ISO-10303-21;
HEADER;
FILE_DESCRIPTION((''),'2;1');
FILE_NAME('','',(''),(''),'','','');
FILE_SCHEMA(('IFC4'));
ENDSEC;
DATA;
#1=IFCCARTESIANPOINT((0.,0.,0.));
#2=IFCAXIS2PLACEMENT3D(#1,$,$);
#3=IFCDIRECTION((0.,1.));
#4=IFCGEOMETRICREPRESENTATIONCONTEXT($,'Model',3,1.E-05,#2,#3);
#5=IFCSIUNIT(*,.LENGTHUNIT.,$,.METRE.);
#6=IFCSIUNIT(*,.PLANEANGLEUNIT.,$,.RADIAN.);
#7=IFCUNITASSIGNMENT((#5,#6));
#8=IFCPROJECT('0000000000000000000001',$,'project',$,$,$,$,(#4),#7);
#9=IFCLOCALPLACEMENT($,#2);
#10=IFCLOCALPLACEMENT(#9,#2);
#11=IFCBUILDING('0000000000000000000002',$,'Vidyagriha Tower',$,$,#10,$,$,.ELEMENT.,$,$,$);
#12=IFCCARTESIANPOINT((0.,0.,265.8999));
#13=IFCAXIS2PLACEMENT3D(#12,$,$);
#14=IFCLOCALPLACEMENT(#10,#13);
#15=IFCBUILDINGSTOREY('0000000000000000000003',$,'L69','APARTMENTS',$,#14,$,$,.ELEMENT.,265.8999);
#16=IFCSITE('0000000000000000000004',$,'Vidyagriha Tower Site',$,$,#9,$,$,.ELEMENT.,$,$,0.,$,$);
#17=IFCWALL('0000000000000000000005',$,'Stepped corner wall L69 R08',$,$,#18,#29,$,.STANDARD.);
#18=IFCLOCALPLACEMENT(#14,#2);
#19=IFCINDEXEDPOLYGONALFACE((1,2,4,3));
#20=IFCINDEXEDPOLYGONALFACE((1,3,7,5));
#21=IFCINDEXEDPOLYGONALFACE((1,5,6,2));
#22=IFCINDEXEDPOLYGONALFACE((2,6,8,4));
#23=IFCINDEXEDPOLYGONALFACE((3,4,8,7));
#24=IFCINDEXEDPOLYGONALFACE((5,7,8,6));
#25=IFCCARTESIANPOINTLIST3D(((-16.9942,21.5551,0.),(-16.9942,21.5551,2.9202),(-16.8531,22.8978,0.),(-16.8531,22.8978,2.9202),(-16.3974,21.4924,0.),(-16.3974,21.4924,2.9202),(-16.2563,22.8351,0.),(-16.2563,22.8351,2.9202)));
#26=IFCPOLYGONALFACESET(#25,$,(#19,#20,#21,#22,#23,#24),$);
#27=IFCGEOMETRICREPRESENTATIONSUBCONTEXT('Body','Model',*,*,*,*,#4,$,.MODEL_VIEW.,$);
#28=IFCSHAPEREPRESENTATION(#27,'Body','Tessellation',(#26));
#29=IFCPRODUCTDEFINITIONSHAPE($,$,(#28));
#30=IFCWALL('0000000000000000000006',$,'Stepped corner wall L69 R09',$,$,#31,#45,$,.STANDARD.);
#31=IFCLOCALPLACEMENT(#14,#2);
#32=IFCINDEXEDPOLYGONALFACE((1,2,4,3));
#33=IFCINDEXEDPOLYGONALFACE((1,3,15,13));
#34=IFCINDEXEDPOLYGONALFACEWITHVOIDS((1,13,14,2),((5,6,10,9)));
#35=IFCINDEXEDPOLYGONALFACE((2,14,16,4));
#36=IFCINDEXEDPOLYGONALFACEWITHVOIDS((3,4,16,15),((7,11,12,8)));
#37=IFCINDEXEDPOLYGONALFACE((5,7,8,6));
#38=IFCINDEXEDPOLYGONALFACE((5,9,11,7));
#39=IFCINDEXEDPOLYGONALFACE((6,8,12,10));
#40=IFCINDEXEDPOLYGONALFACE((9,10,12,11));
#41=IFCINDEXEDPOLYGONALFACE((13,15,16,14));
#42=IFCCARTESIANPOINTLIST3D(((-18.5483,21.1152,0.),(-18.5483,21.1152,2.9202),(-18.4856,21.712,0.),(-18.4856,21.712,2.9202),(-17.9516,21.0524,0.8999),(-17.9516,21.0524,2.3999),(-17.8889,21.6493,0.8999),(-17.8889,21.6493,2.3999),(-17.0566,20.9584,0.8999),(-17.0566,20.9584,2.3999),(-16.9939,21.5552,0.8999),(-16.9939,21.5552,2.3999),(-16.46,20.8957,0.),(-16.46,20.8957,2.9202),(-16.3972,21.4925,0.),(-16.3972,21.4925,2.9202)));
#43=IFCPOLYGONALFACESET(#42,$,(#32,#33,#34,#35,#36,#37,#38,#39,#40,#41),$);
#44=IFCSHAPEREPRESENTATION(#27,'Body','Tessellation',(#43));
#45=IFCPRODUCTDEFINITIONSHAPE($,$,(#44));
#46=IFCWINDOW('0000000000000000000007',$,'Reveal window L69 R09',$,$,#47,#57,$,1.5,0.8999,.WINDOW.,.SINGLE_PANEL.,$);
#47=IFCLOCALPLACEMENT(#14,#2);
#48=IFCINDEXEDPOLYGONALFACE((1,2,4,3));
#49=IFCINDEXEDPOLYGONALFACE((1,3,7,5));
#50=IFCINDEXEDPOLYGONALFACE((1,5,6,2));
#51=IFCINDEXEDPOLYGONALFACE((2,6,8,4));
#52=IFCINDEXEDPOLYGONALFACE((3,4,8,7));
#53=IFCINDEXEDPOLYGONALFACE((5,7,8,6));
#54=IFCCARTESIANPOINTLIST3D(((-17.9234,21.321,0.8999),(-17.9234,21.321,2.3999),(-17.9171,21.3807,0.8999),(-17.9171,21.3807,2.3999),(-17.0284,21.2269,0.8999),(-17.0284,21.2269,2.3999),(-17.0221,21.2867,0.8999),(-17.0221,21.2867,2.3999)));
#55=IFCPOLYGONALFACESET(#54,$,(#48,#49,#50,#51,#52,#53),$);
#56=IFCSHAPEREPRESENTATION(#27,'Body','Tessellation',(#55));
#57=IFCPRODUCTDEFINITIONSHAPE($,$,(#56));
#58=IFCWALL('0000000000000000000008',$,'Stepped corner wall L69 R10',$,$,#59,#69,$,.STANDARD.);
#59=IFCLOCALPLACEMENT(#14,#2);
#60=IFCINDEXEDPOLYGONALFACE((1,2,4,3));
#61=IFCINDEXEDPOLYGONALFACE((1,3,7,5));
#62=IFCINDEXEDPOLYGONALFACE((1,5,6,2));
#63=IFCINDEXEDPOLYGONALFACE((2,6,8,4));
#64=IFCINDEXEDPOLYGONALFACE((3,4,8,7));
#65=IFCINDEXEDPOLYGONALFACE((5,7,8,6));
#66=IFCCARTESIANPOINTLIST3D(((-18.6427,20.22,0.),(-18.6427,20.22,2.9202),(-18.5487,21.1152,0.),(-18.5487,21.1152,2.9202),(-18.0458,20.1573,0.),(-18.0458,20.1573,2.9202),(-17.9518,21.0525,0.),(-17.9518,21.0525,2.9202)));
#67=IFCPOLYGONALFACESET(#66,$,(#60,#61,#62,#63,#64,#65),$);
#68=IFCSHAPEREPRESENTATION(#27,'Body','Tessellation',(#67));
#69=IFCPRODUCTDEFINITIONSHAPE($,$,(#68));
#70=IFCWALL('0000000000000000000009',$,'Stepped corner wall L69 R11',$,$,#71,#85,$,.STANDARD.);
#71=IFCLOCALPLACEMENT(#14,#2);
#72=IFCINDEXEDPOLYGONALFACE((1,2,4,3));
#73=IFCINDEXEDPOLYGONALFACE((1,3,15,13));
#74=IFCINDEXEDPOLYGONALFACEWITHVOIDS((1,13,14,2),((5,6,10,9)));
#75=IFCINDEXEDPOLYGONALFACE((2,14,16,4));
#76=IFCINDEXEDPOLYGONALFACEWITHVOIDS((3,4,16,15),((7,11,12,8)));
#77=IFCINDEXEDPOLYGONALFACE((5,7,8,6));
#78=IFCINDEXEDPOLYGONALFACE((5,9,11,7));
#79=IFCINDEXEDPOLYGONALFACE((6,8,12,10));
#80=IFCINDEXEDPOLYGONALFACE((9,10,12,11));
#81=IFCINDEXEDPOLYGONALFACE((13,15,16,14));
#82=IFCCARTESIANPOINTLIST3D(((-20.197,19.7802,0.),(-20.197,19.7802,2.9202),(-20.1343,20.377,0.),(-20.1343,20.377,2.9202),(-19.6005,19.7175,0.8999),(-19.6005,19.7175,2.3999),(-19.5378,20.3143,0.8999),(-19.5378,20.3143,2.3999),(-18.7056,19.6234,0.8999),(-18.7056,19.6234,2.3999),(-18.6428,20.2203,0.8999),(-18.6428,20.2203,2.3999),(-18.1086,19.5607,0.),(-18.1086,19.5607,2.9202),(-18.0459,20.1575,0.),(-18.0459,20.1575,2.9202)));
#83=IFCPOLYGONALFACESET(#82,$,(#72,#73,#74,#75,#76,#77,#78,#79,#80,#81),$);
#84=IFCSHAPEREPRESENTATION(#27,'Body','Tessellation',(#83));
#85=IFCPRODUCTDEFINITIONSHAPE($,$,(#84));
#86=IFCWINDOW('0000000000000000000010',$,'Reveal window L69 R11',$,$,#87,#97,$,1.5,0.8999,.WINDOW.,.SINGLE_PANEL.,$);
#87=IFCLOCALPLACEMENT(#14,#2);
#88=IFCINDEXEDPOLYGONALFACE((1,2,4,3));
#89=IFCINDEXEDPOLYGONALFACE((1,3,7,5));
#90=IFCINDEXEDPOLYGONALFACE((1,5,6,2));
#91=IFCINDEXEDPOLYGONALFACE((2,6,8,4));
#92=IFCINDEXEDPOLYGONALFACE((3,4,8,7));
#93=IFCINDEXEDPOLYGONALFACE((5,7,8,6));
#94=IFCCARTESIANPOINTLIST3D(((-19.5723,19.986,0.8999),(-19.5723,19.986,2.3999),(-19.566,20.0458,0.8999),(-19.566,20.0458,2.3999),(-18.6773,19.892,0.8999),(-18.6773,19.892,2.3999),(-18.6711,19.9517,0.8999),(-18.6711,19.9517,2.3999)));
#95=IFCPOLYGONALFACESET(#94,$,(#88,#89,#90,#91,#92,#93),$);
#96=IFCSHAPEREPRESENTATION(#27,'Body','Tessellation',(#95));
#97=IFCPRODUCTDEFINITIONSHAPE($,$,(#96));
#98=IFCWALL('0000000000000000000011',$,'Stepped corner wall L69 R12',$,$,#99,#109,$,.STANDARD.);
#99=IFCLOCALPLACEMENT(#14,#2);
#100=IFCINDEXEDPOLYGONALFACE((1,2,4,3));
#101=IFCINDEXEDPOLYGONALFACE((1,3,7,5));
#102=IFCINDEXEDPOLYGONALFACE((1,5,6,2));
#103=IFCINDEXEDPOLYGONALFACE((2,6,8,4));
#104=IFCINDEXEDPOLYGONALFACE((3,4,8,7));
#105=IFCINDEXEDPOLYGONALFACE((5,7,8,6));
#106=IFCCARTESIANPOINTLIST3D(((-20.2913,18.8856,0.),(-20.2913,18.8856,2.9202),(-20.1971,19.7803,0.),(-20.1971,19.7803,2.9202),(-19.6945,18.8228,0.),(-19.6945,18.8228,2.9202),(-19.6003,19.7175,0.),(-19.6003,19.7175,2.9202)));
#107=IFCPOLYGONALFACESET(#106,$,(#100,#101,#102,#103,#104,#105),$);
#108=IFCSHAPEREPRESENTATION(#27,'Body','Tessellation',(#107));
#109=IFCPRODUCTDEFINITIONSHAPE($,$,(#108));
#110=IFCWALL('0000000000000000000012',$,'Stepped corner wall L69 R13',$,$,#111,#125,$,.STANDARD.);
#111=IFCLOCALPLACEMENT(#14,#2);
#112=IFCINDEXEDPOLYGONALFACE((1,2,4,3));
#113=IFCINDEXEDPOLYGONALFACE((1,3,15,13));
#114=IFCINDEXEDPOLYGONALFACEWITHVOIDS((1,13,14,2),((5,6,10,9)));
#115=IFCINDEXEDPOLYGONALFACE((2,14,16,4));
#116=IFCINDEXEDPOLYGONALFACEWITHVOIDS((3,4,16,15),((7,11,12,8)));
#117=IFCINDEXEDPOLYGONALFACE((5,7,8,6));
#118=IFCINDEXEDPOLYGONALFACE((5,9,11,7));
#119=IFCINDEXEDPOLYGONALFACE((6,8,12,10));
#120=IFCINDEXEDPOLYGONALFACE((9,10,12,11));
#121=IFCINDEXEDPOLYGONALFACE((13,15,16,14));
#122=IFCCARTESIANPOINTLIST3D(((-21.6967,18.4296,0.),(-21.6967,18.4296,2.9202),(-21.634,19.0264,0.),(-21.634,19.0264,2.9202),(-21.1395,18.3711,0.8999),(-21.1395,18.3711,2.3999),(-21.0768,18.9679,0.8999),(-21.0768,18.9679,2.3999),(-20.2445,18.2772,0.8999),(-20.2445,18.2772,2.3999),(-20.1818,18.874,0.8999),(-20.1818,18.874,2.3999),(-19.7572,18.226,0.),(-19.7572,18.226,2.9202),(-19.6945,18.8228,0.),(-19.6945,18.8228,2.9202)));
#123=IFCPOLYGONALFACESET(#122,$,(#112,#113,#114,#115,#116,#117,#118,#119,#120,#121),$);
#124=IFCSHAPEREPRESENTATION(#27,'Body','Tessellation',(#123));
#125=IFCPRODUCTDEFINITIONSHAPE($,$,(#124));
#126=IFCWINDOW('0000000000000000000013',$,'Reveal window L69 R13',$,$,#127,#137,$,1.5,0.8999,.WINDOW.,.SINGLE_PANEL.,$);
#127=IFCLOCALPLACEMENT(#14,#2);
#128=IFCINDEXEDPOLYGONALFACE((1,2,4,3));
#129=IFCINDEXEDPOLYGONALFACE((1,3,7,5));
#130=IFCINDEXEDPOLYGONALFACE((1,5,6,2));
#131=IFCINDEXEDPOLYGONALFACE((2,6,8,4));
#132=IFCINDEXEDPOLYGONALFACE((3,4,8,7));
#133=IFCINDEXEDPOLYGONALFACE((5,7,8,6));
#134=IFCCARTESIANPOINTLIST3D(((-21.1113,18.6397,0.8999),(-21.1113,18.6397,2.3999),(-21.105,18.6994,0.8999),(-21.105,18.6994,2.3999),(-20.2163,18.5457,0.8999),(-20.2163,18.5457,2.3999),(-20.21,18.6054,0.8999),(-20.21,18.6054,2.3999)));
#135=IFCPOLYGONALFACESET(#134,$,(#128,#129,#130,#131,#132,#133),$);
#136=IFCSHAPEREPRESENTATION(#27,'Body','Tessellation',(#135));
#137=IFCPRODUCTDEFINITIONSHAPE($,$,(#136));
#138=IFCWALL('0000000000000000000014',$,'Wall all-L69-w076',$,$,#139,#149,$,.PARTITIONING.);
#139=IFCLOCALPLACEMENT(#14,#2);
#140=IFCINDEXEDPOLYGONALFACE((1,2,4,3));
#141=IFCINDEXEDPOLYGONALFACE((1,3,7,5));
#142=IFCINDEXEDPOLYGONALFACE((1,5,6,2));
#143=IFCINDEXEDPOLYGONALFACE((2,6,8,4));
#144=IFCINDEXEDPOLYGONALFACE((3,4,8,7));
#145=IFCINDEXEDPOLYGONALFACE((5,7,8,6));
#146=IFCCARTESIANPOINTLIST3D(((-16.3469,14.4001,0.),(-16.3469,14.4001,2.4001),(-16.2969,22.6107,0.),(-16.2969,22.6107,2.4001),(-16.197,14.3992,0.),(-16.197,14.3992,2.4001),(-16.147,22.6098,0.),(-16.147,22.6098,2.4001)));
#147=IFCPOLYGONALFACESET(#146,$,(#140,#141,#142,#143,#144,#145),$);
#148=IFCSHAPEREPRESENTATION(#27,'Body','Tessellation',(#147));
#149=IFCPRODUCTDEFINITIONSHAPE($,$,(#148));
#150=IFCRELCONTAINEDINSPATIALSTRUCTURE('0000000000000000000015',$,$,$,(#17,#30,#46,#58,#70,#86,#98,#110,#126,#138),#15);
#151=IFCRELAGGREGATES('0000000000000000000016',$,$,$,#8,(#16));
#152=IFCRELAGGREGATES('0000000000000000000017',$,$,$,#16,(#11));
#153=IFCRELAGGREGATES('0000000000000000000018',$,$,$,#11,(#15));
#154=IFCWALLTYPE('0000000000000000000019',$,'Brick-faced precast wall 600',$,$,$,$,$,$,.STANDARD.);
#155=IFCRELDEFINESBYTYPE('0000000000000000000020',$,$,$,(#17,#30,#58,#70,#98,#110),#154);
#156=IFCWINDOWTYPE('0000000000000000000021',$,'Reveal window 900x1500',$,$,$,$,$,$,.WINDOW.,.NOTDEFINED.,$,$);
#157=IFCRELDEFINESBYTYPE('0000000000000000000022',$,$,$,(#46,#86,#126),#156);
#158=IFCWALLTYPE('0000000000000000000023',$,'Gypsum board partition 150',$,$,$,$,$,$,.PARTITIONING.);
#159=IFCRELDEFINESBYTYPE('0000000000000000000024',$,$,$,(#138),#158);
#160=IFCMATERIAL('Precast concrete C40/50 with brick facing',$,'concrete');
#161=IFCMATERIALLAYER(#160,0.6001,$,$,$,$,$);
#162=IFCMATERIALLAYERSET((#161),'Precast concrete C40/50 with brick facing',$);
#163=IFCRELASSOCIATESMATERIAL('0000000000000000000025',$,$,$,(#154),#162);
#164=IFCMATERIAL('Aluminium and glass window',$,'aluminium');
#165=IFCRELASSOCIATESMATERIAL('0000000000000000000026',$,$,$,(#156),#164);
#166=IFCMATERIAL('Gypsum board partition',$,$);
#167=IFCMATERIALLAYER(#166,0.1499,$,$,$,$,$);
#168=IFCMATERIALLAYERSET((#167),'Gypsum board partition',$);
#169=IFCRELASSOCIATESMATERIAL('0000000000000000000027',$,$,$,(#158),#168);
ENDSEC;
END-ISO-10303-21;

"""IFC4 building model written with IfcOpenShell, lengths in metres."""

from ifc_helpers import new_model, si_unit, direction, frame, frame_2d, origin, place, context, subcontext, project, spatial, rectangle, extrude, material, layer, layer_set, type_object, element, fill, save


model = new_model("IFC4")

# Units and contexts
model_context = context("Model", 3, precision=1e-05, world=origin(), true_north=direction((0.0, 1.0)))
body_context = subcontext(model_context, "Body", "Model", "MODEL_VIEW")
ifc_project = project(units=[si_unit("LENGTHUNIT", "METRE"), si_unit("PLANEANGLEUNIT", "RADIAN")], contexts=[model_context])

# Site, building, storey
site_placement = place(None, origin())
site = spatial("IfcSite", under=ifc_project, at=site_placement, Name="Vidyagriha Tower Site", CompositionType="ELEMENT", RefElevation=0.0)
building_placement = place(site_placement, origin())
building = spatial("IfcBuilding", under=site, at=building_placement, Name="Vidyagriha Tower", CompositionType="ELEMENT")
storey_placement = place(building_placement, frame((0.0, 0.0, 265.8999)))
storey = spatial("IfcBuildingStorey", under=building, at=storey_placement, Name="L69", Description="APARTMENTS", CompositionType="ELEMENT", Elevation=265.8999)

# Wall
ifc_material_1 = material(Name="Precast concrete C40/50 with brick facing", Category="concrete")
ifc_layer_1 = layer(ifc_material_1, 0.6001)
ifc_layer_set_1 = layer_set([ifc_layer_1], Name="Precast concrete C40/50 with brick facing")
wall_type_1 = type_object("IfcWallType", Name="Brick-faced precast wall 600", PredefinedType="STANDARD", material=ifc_layer_set_1)
wall_1_placement = place(storey_placement, frame((-16.5547, 22.8665, 0.0), z_axis=(0.0, 0.0, 1.0), x_axis=(-0.104515, -0.994523, 0.0)))
element("IfcWall", 1, at=wall_1_placement, inside=storey, type_object=wall_type_1, Name="Stepped corner wall L69 R08", PredefinedType="STANDARD", context=body_context, shape_type="SweptSolid", body=[
    extrude(rectangle(XDim=1.3501, YDim=0.6001, at=frame_2d((0.675, 0.0))), origin(), (0.0, 0.0, 1.0), 2.9202),
])

# Wall, opening, window
wall_2_placement = place(storey_placement, frame((-16.4287, 21.1941, 0.0), z_axis=(0.0, 0.0, 1.0), x_axis=(-0.994523, 0.104521, 0.0)))
wall_2 = element("IfcWall", 2, at=wall_2_placement, inside=storey, type_object=wall_type_1, Name="Stepped corner wall L69 R09", PredefinedType="STANDARD", context=body_context, shape_type="SweptSolid", body=[
    extrude(rectangle(XDim=2.0999, YDim=0.6001, at=frame_2d((1.0498, 0.0))), origin(), (0.0, 0.0, 1.0), 2.9202),
])
opening_1_placement = place(wall_2_placement, frame((0.5999, 0.0, 0.8999)))
opening_1 = element("IfcOpeningElement", 3, at=opening_1_placement, cuts=wall_2, PredefinedType="OPENING", context=body_context, shape_type="SweptSolid", body=[
    extrude(rectangle(XDim=0.8999, YDim=1.5, at=frame_2d((0.45, 0.75))), frame((0.0, 0.3101, 0.0), z_axis=(0.0, -1.0, 0.0), x_axis=(1.0, 0.0, 0.0)), (0.0, 0.0, 1.0), 0.6201),
])
ifc_material_2 = material(Name="Aluminium and glass window", Category="aluminium")
window_type = type_object("IfcWindowType", Name="Reveal window 900x1500", PartitioningType="NOTDEFINED", PredefinedType="WINDOW", material=ifc_material_2)
window_1_placement = place(opening_1_placement, origin())
window_1 = element("IfcWindow", 4, at=window_1_placement, inside=storey, type_object=window_type, Name="Reveal window L69 R09", OverallHeight=1.5, OverallWidth=0.8999, PartitioningType="SINGLE_PANEL", PredefinedType="WINDOW", context=body_context, shape_type="SweptSolid", body=[
    extrude(rectangle(XDim=0.8999, YDim=1.5, at=frame_2d((0.45, 0.75))), frame((0.0, 0.03, 0.0), z_axis=(0.0, -1.0, 0.0), x_axis=(1.0, 0.0, 0.0)), (0.0, 0.0, 1.0), 0.0601),
])
fill(opening_1, window_1)

# Wall
wall_3_placement = place(storey_placement, frame((-18.2502, 21.084, 0.0), z_axis=(0.0, 0.0, 1.0), x_axis=(-0.104417, -0.994534, 0.0)))
element("IfcWall", 5, at=wall_3_placement, inside=storey, type_object=wall_type_1, Name="Stepped corner wall L69 R10", PredefinedType="STANDARD", context=body_context, shape_type="SweptSolid", body=[
    extrude(rectangle(XDim=0.9001, YDim=0.6001, at=frame_2d((0.4502, 0.0))), origin(), (0.0, 0.0, 1.0), 2.9202),
])

# Wall, opening, window
wall_4_placement = place(storey_placement, frame((-18.0774, 19.8591, 0.0), z_axis=(0.0, 0.0, 1.0), x_axis=(-0.994523, 0.104521, 0.0)))
wall_4 = element("IfcWall", 6, at=wall_4_placement, inside=storey, type_object=wall_type_1, Name="Stepped corner wall L69 R11", PredefinedType="STANDARD", context=body_context, shape_type="SweptSolid", body=[
    extrude(rectangle(XDim=2.0999, YDim=0.6001, at=frame_2d((1.0498, 0.0))), origin(), (0.0, 0.0, 1.0), 2.9202),
])
opening_2_placement = place(wall_4_placement, frame((0.6001, 0.0, 0.8999)))
opening_2 = element("IfcOpeningElement", 7, at=opening_2_placement, cuts=wall_4, PredefinedType="OPENING", context=body_context, shape_type="SweptSolid", body=[
    extrude(rectangle(XDim=0.8999, YDim=1.5, at=frame_2d((0.45, 0.75))), frame((0.0, 0.3101, 0.0), z_axis=(0.0, -1.0, 0.0), x_axis=(1.0, 0.0, 0.0)), (0.0, 0.0, 1.0), 0.6201),
])
window_2_placement = place(opening_2_placement, origin())
window_2 = element("IfcWindow", 8, at=window_2_placement, inside=storey, type_object=window_type, Name="Reveal window L69 R11", OverallHeight=1.5, OverallWidth=0.8999, PartitioningType="SINGLE_PANEL", PredefinedType="WINDOW", context=body_context, shape_type="SweptSolid", body=[
    extrude(rectangle(XDim=0.8999, YDim=1.5, at=frame_2d((0.45, 0.75))), frame((0.0, 0.03, 0.0), z_axis=(0.0, -1.0, 0.0), x_axis=(1.0, 0.0, 0.0)), (0.0, 0.0, 1.0), 0.0601),
])
fill(opening_2, window_2)

# Wall
wall_5_placement = place(storey_placement, frame((-19.8987, 19.7488, 0.0), z_axis=(0.0, 0.0, 1.0), x_axis=(-0.104741, -0.9945, 0.0)))
element("IfcWall", 9, at=wall_5_placement, inside=storey, type_object=wall_type_1, Name="Stepped corner wall L69 R12", PredefinedType="STANDARD", context=body_context, shape_type="SweptSolid", body=[
    extrude(rectangle(XDim=0.8997, YDim=0.6001, at=frame_2d((0.4497, 0.0))), origin(), (0.0, 0.0, 1.0), 2.9202),
])

# Wall, opening, window
wall_6_placement = place(storey_placement, frame((-19.7258, 18.5244, 0.0), z_axis=(0.0, 0.0, 1.0), x_axis=(-0.994534, 0.104411, 0.0)))
wall_6 = element("IfcWall", 10, at=wall_6_placement, inside=storey, type_object=wall_type_1, Name="Stepped corner wall L69 R13", PredefinedType="STANDARD", context=body_context, shape_type="SweptSolid", body=[
    extrude(rectangle(XDim=1.9502, YDim=0.6001, at=frame_2d((0.9751, 0.0))), origin(), (0.0, 0.0, 1.0), 2.9202),
])
opening_3_placement = place(wall_6_placement, frame((0.49, 0.0, 0.8999)))
opening_3 = element("IfcOpeningElement", 11, at=opening_3_placement, cuts=wall_6, PredefinedType="OPENING", context=body_context, shape_type="SweptSolid", body=[
    extrude(rectangle(XDim=0.8999, YDim=1.5, at=frame_2d((0.45, 0.75))), frame((0.0, 0.3101, 0.0), z_axis=(0.0, -1.0, 0.0), x_axis=(1.0, 0.0, 0.0)), (0.0, 0.0, 1.0), 0.6201),
])
window_3_placement = place(opening_3_placement, origin())
window_3 = element("IfcWindow", 12, at=window_3_placement, inside=storey, type_object=window_type, Name="Reveal window L69 R13", OverallHeight=1.5, OverallWidth=0.8999, PartitioningType="SINGLE_PANEL", PredefinedType="WINDOW", context=body_context, shape_type="SweptSolid", body=[
    extrude(rectangle(XDim=0.8999, YDim=1.5, at=frame_2d((0.45, 0.75))), frame((0.0, 0.03, 0.0), z_axis=(0.0, -1.0, 0.0), x_axis=(1.0, 0.0, 0.0)), (0.0, 0.0, 1.0), 0.0601),
])
fill(opening_3, window_3)

# Wall
ifc_material_3 = material(Name="Gypsum board partition")
ifc_layer_2 = layer(ifc_material_3, 0.1499)
ifc_layer_set_2 = layer_set([ifc_layer_2], Name="Gypsum board partition")
wall_type_2 = type_object("IfcWallType", Name="Gypsum board partition 150", PredefinedType="PARTITIONING", material=ifc_layer_set_2)
wall_7_placement = place(storey_placement, frame((-16.2219, 22.6104, 0.0), z_axis=(0.0, 0.0, 1.0), x_axis=(-0.006096, -0.999981, 0.0)))
element("IfcWall", 13, at=wall_7_placement, inside=storey, type_object=wall_type_2, Name="Wall all-L69-w076", PredefinedType="PARTITIONING", context=body_context, shape_type="SweptSolid", body=[
    extrude(rectangle(XDim=8.2107, YDim=0.1499, at=frame_2d((4.1055, 0.0))), origin(), (0.0, 0.0, 1.0), 2.4001),
])

save(model, "model.ifc")
